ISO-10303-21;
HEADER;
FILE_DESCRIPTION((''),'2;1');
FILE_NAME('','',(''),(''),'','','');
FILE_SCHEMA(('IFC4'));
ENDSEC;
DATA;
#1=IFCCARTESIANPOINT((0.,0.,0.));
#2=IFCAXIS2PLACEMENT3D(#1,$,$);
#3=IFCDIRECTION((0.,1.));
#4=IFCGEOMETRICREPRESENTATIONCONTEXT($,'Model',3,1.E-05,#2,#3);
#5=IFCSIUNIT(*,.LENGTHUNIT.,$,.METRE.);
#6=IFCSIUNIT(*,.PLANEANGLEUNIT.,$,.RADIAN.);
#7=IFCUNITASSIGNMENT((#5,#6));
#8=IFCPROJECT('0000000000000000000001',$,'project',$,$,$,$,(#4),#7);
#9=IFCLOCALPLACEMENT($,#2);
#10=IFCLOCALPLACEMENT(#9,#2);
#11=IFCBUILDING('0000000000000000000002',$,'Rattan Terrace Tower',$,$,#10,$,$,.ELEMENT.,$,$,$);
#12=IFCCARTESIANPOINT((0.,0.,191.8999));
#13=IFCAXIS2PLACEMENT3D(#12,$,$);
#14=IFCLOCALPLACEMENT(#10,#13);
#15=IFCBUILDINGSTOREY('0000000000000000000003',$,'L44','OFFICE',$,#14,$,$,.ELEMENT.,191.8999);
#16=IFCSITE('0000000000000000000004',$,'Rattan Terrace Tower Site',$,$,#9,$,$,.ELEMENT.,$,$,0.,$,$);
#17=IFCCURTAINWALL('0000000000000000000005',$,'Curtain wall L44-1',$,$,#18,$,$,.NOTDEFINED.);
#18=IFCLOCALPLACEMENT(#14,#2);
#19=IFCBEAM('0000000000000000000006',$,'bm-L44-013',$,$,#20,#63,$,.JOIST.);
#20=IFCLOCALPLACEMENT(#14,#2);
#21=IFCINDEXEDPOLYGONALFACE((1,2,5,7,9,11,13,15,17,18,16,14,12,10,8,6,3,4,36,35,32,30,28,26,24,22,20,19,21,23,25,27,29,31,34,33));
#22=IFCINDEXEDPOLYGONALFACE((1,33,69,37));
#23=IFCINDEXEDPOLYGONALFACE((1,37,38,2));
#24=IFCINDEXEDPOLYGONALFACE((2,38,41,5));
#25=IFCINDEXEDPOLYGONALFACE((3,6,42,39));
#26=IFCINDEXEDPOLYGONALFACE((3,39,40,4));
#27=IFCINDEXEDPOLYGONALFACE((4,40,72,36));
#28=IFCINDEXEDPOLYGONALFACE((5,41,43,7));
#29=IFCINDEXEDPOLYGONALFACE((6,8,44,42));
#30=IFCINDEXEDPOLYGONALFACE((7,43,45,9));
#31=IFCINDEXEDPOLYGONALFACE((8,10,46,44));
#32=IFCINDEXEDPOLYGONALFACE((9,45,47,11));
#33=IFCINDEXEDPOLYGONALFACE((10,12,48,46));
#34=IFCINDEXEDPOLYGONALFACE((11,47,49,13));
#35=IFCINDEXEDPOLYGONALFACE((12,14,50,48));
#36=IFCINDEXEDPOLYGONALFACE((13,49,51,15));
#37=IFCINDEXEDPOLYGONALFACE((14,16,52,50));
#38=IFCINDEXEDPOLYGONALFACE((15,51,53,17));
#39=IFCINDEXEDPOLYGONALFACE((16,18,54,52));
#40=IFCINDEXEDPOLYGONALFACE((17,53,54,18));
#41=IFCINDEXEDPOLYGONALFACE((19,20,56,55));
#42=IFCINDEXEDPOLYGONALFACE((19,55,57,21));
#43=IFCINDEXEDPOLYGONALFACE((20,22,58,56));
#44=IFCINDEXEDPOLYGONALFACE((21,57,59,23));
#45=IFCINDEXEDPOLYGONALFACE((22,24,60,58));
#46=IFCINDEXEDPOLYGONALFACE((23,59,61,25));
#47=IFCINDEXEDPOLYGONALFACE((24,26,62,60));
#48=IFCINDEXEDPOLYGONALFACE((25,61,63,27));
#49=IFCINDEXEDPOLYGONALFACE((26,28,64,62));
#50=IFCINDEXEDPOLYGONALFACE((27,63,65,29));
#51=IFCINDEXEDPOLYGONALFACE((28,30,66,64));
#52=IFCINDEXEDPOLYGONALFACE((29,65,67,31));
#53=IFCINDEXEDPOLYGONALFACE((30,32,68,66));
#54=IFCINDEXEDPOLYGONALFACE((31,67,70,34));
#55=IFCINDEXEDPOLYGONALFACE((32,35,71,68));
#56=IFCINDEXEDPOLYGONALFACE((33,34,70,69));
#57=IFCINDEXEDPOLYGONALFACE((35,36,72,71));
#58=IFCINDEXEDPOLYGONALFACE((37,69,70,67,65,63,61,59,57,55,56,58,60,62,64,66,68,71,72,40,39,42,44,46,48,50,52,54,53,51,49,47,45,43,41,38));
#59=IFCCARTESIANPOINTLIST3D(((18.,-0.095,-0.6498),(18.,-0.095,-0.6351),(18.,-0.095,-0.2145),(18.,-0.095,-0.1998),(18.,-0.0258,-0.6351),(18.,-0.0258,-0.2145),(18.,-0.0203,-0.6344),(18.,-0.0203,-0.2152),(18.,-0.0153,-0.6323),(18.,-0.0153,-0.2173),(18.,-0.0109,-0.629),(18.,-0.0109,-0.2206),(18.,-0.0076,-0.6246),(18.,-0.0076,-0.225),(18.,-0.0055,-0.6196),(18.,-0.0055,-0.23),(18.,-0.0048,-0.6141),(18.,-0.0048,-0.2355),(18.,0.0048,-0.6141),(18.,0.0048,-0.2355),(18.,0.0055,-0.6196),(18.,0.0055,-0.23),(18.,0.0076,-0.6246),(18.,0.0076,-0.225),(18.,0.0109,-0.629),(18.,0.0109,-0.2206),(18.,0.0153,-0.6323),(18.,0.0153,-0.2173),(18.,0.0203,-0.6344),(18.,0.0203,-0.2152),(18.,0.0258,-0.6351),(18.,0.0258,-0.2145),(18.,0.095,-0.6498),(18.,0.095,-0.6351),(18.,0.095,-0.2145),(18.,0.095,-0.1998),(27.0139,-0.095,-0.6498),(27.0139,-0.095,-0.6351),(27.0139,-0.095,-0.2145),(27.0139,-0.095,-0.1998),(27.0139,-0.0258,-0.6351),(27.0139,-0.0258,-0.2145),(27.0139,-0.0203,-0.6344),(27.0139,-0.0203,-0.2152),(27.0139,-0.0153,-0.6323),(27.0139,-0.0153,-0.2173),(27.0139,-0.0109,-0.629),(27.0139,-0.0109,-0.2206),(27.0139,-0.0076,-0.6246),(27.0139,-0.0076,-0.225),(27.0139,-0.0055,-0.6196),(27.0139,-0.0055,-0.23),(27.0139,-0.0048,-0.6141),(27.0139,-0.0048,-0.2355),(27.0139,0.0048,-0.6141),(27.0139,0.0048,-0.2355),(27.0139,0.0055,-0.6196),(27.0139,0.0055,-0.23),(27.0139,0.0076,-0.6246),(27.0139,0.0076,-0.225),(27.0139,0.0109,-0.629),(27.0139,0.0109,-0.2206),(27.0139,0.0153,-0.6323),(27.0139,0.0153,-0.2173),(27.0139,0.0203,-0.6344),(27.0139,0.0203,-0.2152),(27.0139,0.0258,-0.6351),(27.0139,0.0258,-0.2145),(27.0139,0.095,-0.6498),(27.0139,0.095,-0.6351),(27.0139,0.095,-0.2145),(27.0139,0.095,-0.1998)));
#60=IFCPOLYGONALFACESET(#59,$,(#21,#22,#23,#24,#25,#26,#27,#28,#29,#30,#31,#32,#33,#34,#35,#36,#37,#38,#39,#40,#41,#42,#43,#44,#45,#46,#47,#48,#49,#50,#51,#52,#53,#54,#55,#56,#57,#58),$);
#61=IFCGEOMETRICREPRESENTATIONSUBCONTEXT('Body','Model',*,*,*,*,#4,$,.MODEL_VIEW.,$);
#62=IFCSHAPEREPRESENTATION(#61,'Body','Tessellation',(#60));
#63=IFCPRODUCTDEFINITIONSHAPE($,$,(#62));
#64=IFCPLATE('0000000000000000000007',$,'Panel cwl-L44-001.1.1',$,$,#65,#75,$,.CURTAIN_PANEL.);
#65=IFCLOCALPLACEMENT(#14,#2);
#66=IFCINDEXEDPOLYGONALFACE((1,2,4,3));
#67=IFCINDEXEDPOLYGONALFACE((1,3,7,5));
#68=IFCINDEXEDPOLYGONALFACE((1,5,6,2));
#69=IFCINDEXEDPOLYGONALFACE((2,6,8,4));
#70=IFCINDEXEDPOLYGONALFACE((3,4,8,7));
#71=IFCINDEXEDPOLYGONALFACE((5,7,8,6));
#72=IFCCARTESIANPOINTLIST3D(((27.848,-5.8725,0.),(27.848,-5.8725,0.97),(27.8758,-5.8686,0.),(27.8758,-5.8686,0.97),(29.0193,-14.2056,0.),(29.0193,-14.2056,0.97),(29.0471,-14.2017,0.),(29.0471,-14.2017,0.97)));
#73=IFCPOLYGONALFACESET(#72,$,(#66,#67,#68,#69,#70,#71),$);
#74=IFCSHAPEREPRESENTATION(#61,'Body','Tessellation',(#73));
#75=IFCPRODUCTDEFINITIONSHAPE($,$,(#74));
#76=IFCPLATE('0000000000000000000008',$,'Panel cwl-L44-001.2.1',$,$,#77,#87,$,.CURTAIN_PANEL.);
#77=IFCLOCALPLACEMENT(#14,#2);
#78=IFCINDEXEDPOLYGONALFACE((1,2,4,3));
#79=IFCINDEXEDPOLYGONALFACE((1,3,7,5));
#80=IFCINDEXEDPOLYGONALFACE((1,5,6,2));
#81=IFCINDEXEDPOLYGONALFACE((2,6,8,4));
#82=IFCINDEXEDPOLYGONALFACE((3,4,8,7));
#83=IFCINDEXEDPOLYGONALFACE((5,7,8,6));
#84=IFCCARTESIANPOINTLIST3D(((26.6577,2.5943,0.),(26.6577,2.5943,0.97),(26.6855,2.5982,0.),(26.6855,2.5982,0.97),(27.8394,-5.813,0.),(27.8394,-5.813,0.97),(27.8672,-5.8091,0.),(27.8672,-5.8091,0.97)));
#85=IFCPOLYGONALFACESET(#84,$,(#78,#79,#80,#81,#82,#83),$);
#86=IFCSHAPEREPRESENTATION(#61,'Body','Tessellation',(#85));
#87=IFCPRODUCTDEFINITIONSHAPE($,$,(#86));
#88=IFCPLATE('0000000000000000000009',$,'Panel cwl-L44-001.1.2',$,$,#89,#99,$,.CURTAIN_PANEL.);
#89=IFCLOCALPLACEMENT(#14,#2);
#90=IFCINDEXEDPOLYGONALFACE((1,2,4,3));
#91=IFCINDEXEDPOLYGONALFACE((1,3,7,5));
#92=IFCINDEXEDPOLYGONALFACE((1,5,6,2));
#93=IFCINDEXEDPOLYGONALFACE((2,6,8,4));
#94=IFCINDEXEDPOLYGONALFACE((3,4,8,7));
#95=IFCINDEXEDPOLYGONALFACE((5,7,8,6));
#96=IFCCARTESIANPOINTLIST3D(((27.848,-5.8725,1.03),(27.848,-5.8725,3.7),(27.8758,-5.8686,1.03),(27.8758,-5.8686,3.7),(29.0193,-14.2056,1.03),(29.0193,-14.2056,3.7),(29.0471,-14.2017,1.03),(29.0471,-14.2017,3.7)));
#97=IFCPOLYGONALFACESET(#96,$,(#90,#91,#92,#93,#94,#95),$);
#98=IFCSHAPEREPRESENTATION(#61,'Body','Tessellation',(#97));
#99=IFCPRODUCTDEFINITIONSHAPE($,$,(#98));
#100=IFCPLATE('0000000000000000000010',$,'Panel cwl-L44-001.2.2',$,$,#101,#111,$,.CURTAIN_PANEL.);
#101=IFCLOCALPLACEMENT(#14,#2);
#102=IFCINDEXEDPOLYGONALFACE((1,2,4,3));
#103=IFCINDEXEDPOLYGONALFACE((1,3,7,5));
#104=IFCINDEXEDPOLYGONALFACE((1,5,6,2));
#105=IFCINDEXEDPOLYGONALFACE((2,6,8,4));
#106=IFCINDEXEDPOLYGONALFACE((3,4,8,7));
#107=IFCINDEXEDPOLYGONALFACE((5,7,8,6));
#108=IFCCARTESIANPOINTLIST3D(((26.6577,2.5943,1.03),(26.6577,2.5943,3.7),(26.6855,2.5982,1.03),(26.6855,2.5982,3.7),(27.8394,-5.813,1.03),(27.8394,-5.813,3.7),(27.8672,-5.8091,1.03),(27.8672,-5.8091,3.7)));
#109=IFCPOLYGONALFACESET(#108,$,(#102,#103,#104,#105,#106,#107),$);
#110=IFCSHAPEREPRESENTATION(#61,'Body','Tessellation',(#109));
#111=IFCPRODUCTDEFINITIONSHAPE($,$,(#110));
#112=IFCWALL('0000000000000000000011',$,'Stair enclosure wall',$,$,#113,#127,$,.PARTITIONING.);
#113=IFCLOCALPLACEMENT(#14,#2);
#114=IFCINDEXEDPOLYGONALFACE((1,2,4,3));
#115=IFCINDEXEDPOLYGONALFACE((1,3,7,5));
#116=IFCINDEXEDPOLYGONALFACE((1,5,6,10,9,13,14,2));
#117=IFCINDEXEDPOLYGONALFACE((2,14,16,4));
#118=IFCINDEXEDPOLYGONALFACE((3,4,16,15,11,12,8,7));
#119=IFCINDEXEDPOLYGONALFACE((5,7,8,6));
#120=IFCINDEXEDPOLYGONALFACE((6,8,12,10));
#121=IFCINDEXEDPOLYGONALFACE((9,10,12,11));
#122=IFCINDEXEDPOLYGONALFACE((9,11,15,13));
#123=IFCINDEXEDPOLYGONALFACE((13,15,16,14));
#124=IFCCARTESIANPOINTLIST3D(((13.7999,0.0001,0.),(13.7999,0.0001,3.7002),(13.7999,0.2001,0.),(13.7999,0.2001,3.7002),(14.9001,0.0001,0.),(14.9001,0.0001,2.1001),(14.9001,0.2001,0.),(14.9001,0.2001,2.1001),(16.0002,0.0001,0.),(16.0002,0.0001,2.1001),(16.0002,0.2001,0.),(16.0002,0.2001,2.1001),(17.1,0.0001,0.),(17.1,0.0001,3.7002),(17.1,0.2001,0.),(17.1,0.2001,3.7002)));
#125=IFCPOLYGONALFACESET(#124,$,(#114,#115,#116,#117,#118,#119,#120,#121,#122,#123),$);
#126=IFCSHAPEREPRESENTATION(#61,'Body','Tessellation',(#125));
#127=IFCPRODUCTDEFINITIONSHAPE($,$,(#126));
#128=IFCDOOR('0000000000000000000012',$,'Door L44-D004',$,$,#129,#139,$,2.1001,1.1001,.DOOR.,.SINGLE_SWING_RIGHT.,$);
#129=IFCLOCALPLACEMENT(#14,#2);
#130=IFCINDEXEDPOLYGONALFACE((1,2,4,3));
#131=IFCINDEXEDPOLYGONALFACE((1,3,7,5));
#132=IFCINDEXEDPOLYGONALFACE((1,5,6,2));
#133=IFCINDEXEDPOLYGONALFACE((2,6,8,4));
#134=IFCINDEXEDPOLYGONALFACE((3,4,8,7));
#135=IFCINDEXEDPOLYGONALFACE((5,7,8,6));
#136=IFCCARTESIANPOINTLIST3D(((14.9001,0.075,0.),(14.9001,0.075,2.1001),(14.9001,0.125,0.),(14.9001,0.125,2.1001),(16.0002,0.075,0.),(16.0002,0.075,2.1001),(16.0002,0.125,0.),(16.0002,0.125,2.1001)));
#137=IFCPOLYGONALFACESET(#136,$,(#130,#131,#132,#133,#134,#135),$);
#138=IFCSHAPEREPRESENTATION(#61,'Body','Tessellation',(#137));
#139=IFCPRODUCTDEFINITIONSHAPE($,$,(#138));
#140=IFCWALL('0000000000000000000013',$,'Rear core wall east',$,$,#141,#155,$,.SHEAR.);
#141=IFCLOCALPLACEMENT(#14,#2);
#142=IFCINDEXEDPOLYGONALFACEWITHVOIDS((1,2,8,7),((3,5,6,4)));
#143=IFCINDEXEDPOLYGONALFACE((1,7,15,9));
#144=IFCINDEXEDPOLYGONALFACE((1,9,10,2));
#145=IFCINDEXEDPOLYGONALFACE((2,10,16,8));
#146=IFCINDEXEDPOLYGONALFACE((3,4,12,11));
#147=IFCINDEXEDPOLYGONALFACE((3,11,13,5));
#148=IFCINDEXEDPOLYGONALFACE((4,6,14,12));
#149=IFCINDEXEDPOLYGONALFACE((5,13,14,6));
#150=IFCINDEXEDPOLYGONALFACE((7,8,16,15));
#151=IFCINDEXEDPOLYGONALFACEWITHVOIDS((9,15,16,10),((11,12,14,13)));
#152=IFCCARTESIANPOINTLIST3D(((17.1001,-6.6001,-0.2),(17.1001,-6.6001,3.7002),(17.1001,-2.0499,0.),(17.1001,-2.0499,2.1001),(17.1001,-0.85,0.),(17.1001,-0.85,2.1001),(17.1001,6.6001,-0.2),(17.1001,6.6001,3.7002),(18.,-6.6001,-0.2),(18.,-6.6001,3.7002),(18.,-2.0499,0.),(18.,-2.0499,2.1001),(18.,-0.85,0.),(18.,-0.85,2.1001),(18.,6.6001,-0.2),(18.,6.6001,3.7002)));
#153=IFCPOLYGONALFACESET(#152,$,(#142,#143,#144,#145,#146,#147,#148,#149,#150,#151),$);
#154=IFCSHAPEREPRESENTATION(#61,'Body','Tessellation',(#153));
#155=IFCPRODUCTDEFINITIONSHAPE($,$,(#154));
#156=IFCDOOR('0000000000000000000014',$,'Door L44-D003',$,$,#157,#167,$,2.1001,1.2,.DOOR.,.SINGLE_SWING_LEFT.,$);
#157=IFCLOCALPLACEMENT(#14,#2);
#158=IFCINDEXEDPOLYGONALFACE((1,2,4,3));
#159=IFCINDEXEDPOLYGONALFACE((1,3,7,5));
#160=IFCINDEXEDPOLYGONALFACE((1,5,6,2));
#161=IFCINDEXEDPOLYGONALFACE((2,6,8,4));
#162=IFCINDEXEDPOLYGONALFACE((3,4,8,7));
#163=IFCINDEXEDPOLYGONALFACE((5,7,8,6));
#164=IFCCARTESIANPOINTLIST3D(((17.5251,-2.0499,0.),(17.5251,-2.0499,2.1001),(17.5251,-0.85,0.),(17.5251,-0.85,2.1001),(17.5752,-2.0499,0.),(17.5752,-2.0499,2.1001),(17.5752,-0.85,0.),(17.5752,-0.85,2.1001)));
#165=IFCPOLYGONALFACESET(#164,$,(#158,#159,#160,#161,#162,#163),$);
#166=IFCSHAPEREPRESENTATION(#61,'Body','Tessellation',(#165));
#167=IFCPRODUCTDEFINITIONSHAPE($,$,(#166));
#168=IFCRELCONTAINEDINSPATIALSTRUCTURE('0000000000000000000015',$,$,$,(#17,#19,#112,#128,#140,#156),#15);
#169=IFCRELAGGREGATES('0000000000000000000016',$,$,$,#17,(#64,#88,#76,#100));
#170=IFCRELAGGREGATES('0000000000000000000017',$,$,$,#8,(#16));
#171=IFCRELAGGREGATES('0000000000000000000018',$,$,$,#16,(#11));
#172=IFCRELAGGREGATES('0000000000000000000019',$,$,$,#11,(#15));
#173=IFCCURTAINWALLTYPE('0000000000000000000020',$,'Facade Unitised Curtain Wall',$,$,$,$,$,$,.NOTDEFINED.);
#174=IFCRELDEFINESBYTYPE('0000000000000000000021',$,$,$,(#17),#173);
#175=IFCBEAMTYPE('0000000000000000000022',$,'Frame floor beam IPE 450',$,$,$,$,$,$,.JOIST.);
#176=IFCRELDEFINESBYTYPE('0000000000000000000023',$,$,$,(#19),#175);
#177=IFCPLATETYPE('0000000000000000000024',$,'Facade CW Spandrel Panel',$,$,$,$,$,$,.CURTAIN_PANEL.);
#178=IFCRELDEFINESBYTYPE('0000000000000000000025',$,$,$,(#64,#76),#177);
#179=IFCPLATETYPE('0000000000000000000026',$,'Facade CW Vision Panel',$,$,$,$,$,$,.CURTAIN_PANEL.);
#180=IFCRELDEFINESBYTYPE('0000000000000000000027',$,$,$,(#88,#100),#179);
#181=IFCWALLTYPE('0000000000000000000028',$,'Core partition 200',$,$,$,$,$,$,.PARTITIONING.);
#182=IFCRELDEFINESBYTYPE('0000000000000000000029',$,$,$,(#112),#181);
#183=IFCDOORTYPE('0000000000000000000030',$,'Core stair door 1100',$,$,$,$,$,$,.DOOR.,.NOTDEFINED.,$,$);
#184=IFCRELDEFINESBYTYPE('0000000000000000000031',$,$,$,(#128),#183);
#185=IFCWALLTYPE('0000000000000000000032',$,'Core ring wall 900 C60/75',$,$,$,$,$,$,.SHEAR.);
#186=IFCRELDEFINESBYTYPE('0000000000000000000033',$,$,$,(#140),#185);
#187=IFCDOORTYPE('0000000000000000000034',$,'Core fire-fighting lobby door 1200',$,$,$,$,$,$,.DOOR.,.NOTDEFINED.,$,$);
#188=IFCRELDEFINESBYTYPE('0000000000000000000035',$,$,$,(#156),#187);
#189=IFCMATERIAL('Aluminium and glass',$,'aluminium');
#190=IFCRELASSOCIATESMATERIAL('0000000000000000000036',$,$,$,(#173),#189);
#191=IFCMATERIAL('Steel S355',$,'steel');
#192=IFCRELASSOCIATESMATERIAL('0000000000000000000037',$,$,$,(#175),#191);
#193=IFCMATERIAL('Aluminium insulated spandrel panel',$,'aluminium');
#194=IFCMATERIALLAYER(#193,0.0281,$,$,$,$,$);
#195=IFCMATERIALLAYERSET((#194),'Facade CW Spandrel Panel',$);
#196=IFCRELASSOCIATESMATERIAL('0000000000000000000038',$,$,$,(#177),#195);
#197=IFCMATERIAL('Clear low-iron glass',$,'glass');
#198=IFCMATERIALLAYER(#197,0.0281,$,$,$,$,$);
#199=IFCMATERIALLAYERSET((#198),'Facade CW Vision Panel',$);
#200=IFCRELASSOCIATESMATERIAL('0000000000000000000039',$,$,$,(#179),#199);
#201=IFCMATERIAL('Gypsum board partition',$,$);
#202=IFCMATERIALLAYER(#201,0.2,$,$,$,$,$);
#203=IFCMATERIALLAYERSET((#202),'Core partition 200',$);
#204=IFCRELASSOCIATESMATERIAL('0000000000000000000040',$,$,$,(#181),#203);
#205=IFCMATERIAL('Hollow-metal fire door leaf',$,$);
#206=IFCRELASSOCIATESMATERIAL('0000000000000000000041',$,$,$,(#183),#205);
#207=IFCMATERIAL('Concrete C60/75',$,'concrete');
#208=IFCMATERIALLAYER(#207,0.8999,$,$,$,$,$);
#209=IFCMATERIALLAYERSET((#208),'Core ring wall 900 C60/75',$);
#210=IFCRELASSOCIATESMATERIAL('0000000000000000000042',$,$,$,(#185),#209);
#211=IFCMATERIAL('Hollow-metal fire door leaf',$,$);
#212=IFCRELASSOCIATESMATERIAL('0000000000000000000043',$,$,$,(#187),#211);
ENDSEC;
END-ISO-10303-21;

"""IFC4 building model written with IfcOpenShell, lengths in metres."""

from ifc_helpers import new_model, si_unit, direction, frame, frame_2d, origin, origin_2d, place, context, subcontext, project, spatial, rectangle, i_section, extrude, material, layer, layer_set, material_profile, profile_set, type_object, element, fill, aggregate, save


model = new_model("IFC4")

# Units and contexts
model_context = context("Model", 3, precision=1e-05, world=origin(), true_north=direction((0.0, 1.0)))
body_context = subcontext(model_context, "Body", "Model", "MODEL_VIEW")
ifc_project = project(units=[si_unit("LENGTHUNIT", "METRE"), si_unit("PLANEANGLEUNIT", "RADIAN")], contexts=[model_context])

# Site, building, storey
site_placement = place(None, origin())
site = spatial("IfcSite", under=ifc_project, at=site_placement, Name="Rattan Terrace Tower Site", CompositionType="ELEMENT", RefElevation=0.0)
building_placement = place(site_placement, origin())
building = spatial("IfcBuilding", under=site, at=building_placement, Name="Rattan Terrace Tower", CompositionType="ELEMENT")
storey_placement = place(building_placement, frame((0.0, 0.0, 191.8999)))
storey = spatial("IfcBuildingStorey", under=building, at=storey_placement, Name="L44", Description="OFFICE", CompositionType="ELEMENT", Elevation=191.8999)

# Curtain wall
ifc_material_1 = material(Name="Aluminium and glass", Category="aluminium")
curtain_wall_type = type_object("IfcCurtainWallType", Name="Facade Unitised Curtain Wall", PredefinedType="NOTDEFINED", material=ifc_material_1)
curtain_wall_placement = place(storey_placement, origin())
curtain_wall = element("IfcCurtainWall", 1, at=curtain_wall_placement, inside=storey, type_object=curtain_wall_type, Name="Curtain wall L44-1", PredefinedType="NOTDEFINED")

# Beam
ifc_material_2 = material(Name="Steel S355", Category="steel")
ifc_material_profile_1 = material_profile(ifc_material_2, i_section(OverallWidth=0.1899, OverallDepth=0.45, WebThickness=0.0095, FlangeThickness=0.0146, FilletRadius=0.021, at=origin_2d()), Name="IPE 450")
ifc_profile_set_1 = profile_set([ifc_material_profile_1], Name="Steel S355")
beam_type_1 = type_object("IfcBeamType", Name="Frame floor beam IPE 450", PredefinedType="JOIST", material=ifc_profile_set_1)
beam_1_placement = place(storey_placement, frame((18.0, 0.0, -0.4248), z_axis=(1.0, 0.0, 0.0), x_axis=(0.0, 1.0, 0.0)))
element("IfcBeam", 2, at=beam_1_placement, inside=storey, type_object=beam_type_1, Name="bm-L44-013", PredefinedType="JOIST", context=body_context, shape_type="SweptSolid", body=[
    extrude(i_section(OverallWidth=0.1899, OverallDepth=0.45, WebThickness=0.0095, FlangeThickness=0.0146, FilletRadius=0.021, at=origin_2d()), origin(), (0.0, 0.0, 1.0), 9.0139),
])

# Plates
ifc_material_3 = material(Name="Aluminium insulated spandrel panel", Category="aluminium")
ifc_layer_1 = layer(ifc_material_3, 0.0281)
ifc_layer_set_1 = layer_set([ifc_layer_1], Name="Facade CW Spandrel Panel")
plate_type_1 = type_object("IfcPlateType", Name="Facade CW Spandrel Panel", PredefinedType="CURTAIN_PANEL", material=ifc_layer_set_1)
plate_1_placement = place(storey_placement, frame((28.4475, -10.0371, 0.0), z_axis=(0.0, 0.0, 1.0), x_axis=(-0.139191, 0.990266, 0.0)))
plate_1 = element("IfcPlate", 3, at=plate_1_placement, type_object=plate_type_1, Name="Panel cwl-L44-001.1.1", PredefinedType="CURTAIN_PANEL", context=body_context, shape_type="SweptSolid", body=[
    extrude(rectangle(XDim=8.415, YDim=0.0281, at=origin_2d()), origin(), (0.0, 0.0, 1.0), 0.97),
])
plate_2_placement = place(storey_placement, frame((27.2625, -1.6074, 0.0), z_axis=(0.0, 0.0, 1.0), x_axis=(-0.139191, 0.990266, 0.0)))
plate_2 = element("IfcPlate", 4, at=plate_2_placement, type_object=plate_type_1, Name="Panel cwl-L44-001.2.1", PredefinedType="CURTAIN_PANEL", context=body_context, shape_type="SweptSolid", body=[
    extrude(rectangle(XDim=8.49, YDim=0.0281, at=origin_2d()), origin(), (0.0, 0.0, 1.0), 0.97),
])
ifc_material_4 = material(Name="Clear low-iron glass", Category="glass")
ifc_layer_2 = layer(ifc_material_4, 0.0281)
ifc_layer_set_2 = layer_set([ifc_layer_2], Name="Facade CW Vision Panel")
plate_type_2 = type_object("IfcPlateType", Name="Facade CW Vision Panel", PredefinedType="CURTAIN_PANEL", material=ifc_layer_set_2)
plate_3_placement = place(storey_placement, frame((28.4475, -10.0371, 1.03), z_axis=(0.0, 0.0, 1.0), x_axis=(-0.139191, 0.990266, 0.0)))
plate_3 = element("IfcPlate", 5, at=plate_3_placement, type_object=plate_type_2, Name="Panel cwl-L44-001.1.2", PredefinedType="CURTAIN_PANEL", context=body_context, shape_type="SweptSolid", body=[
    extrude(rectangle(XDim=8.415, YDim=0.0281, at=origin_2d()), origin(), (0.0, 0.0, 1.0), 2.6699),
])
plate_4_placement = place(storey_placement, frame((27.2625, -1.6074, 1.03), z_axis=(0.0, 0.0, 1.0), x_axis=(-0.139191, 0.990266, 0.0)))
plate_4 = element("IfcPlate", 6, at=plate_4_placement, type_object=plate_type_2, Name="Panel cwl-L44-001.2.2", PredefinedType="CURTAIN_PANEL", context=body_context, shape_type="SweptSolid", body=[
    extrude(rectangle(XDim=8.49, YDim=0.0281, at=origin_2d()), origin(), (0.0, 0.0, 1.0), 2.6699),
])
aggregate(curtain_wall, [plate_1, plate_3, plate_2, plate_4])

# Walls, openings, doors
ifc_material_5 = material(Name="Gypsum board partition")
ifc_layer_3 = layer(ifc_material_5, 0.2)
ifc_layer_set_3 = layer_set([ifc_layer_3], Name="Core partition 200")
wall_type_1 = type_object("IfcWallType", Name="Core partition 200", PredefinedType="PARTITIONING", material=ifc_layer_set_3)
wall_1_placement = place(storey_placement, frame((13.8, 0.1001, 0.0), z_axis=(0.0, 0.0, 1.0), x_axis=(1.0, 0.0, 0.0)))
wall_1 = element("IfcWall", 7, at=wall_1_placement, inside=storey, type_object=wall_type_1, Name="Stair enclosure wall", PredefinedType="PARTITIONING", context=body_context, shape_type="SweptSolid", body=[
    extrude(rectangle(XDim=3.3, YDim=0.2, at=frame_2d((1.6499, 0.0))), origin(), (0.0, 0.0, 1.0), 3.7002),
])
opening_1_placement = place(wall_1_placement, frame((1.1001, 0.0, 0.0)))
opening_1 = element("IfcOpeningElement", 8, at=opening_1_placement, cuts=wall_1, PredefinedType="OPENING", context=body_context, shape_type="SweptSolid", body=[
    extrude(rectangle(XDim=1.1001, YDim=2.1001, at=frame_2d((0.55, 1.05))), frame((0.0, 0.1106, 0.0), z_axis=(0.0, -1.0, 0.0), x_axis=(1.0, 0.0, 0.0)), (0.0, 0.0, 1.0), 0.2209),
])
ifc_material_6 = material(Name="Hollow-metal fire door leaf")
door_type_1 = type_object("IfcDoorType", Name="Core stair door 1100", OperationType="NOTDEFINED", PredefinedType="DOOR", material=ifc_material_6)
door_1_placement = place(opening_1_placement, origin())
door_1 = element("IfcDoor", 9, at=door_1_placement, inside=storey, type_object=door_type_1, Name="Door L44-D004", OperationType="SINGLE_SWING_RIGHT", OverallHeight=2.1001, OverallWidth=1.1001, PredefinedType="DOOR", context=body_context, shape_type="SweptSolid", body=[
    extrude(rectangle(XDim=1.1001, YDim=2.1001, at=frame_2d((0.55, 1.05))), frame((0.0, 0.0249, 0.0), z_axis=(0.0, -1.0, 0.0), x_axis=(1.0, 0.0, 0.0)), (0.0, 0.0, 1.0), 0.05),
])
fill(opening_1, door_1)
ifc_material_7 = material(Name="Concrete C60/75", Category="concrete")
ifc_layer_4 = layer(ifc_material_7, 0.8999)
ifc_layer_set_4 = layer_set([ifc_layer_4], Name="Core ring wall 900 C60/75")
wall_type_2 = type_object("IfcWallType", Name="Core ring wall 900 C60/75", PredefinedType="SHEAR", material=ifc_layer_set_4)
wall_2_placement = place(storey_placement, frame((17.55, -6.6001, -0.2), z_axis=(0.0, 0.0, 1.0), x_axis=(0.0, 1.0, 0.0)))
wall_2 = element("IfcWall", 10, at=wall_2_placement, inside=storey, type_object=wall_type_2, Name="Rear core wall east", PredefinedType="SHEAR", context=body_context, shape_type="SweptSolid", body=[
    extrude(rectangle(XDim=13.2002, YDim=0.8999, at=frame_2d((6.6001, 0.0))), origin(), (0.0, 0.0, 1.0), 3.9001),
])
opening_2_placement = place(wall_2_placement, frame((4.55, 0.0, 0.2)))
opening_2 = element("IfcOpeningElement", 11, at=opening_2_placement, cuts=wall_2, PredefinedType="OPENING", context=body_context, shape_type="SweptSolid", body=[
    extrude(rectangle(XDim=1.2, YDim=2.1001, at=frame_2d((0.6001, 1.05))), frame((0.0, 0.4604, 0.0), z_axis=(0.0, -1.0, 0.0), x_axis=(1.0, 0.0, 0.0)), (0.0, 0.0, 1.0), 0.9209),
])
ifc_material_8 = material(Name="Hollow-metal fire door leaf")
door_type_2 = type_object("IfcDoorType", Name="Core fire-fighting lobby door 1200", OperationType="NOTDEFINED", PredefinedType="DOOR", material=ifc_material_8)
door_2_placement = place(opening_2_placement, origin())
door_2 = element("IfcDoor", 12, at=door_2_placement, inside=storey, type_object=door_type_2, Name="Door L44-D003", OperationType="SINGLE_SWING_LEFT", OverallHeight=2.1001, OverallWidth=1.2, PredefinedType="DOOR", context=body_context, shape_type="SweptSolid", body=[
    extrude(rectangle(XDim=1.2, YDim=2.1001, at=frame_2d((0.6001, 1.05))), frame((0.0, 0.0249, 0.0), z_axis=(0.0, -1.0, 0.0), x_axis=(1.0, 0.0, 0.0)), (0.0, 0.0, 1.0), 0.05),
])
fill(opening_2, door_2)

save(model, "model.ifc")
